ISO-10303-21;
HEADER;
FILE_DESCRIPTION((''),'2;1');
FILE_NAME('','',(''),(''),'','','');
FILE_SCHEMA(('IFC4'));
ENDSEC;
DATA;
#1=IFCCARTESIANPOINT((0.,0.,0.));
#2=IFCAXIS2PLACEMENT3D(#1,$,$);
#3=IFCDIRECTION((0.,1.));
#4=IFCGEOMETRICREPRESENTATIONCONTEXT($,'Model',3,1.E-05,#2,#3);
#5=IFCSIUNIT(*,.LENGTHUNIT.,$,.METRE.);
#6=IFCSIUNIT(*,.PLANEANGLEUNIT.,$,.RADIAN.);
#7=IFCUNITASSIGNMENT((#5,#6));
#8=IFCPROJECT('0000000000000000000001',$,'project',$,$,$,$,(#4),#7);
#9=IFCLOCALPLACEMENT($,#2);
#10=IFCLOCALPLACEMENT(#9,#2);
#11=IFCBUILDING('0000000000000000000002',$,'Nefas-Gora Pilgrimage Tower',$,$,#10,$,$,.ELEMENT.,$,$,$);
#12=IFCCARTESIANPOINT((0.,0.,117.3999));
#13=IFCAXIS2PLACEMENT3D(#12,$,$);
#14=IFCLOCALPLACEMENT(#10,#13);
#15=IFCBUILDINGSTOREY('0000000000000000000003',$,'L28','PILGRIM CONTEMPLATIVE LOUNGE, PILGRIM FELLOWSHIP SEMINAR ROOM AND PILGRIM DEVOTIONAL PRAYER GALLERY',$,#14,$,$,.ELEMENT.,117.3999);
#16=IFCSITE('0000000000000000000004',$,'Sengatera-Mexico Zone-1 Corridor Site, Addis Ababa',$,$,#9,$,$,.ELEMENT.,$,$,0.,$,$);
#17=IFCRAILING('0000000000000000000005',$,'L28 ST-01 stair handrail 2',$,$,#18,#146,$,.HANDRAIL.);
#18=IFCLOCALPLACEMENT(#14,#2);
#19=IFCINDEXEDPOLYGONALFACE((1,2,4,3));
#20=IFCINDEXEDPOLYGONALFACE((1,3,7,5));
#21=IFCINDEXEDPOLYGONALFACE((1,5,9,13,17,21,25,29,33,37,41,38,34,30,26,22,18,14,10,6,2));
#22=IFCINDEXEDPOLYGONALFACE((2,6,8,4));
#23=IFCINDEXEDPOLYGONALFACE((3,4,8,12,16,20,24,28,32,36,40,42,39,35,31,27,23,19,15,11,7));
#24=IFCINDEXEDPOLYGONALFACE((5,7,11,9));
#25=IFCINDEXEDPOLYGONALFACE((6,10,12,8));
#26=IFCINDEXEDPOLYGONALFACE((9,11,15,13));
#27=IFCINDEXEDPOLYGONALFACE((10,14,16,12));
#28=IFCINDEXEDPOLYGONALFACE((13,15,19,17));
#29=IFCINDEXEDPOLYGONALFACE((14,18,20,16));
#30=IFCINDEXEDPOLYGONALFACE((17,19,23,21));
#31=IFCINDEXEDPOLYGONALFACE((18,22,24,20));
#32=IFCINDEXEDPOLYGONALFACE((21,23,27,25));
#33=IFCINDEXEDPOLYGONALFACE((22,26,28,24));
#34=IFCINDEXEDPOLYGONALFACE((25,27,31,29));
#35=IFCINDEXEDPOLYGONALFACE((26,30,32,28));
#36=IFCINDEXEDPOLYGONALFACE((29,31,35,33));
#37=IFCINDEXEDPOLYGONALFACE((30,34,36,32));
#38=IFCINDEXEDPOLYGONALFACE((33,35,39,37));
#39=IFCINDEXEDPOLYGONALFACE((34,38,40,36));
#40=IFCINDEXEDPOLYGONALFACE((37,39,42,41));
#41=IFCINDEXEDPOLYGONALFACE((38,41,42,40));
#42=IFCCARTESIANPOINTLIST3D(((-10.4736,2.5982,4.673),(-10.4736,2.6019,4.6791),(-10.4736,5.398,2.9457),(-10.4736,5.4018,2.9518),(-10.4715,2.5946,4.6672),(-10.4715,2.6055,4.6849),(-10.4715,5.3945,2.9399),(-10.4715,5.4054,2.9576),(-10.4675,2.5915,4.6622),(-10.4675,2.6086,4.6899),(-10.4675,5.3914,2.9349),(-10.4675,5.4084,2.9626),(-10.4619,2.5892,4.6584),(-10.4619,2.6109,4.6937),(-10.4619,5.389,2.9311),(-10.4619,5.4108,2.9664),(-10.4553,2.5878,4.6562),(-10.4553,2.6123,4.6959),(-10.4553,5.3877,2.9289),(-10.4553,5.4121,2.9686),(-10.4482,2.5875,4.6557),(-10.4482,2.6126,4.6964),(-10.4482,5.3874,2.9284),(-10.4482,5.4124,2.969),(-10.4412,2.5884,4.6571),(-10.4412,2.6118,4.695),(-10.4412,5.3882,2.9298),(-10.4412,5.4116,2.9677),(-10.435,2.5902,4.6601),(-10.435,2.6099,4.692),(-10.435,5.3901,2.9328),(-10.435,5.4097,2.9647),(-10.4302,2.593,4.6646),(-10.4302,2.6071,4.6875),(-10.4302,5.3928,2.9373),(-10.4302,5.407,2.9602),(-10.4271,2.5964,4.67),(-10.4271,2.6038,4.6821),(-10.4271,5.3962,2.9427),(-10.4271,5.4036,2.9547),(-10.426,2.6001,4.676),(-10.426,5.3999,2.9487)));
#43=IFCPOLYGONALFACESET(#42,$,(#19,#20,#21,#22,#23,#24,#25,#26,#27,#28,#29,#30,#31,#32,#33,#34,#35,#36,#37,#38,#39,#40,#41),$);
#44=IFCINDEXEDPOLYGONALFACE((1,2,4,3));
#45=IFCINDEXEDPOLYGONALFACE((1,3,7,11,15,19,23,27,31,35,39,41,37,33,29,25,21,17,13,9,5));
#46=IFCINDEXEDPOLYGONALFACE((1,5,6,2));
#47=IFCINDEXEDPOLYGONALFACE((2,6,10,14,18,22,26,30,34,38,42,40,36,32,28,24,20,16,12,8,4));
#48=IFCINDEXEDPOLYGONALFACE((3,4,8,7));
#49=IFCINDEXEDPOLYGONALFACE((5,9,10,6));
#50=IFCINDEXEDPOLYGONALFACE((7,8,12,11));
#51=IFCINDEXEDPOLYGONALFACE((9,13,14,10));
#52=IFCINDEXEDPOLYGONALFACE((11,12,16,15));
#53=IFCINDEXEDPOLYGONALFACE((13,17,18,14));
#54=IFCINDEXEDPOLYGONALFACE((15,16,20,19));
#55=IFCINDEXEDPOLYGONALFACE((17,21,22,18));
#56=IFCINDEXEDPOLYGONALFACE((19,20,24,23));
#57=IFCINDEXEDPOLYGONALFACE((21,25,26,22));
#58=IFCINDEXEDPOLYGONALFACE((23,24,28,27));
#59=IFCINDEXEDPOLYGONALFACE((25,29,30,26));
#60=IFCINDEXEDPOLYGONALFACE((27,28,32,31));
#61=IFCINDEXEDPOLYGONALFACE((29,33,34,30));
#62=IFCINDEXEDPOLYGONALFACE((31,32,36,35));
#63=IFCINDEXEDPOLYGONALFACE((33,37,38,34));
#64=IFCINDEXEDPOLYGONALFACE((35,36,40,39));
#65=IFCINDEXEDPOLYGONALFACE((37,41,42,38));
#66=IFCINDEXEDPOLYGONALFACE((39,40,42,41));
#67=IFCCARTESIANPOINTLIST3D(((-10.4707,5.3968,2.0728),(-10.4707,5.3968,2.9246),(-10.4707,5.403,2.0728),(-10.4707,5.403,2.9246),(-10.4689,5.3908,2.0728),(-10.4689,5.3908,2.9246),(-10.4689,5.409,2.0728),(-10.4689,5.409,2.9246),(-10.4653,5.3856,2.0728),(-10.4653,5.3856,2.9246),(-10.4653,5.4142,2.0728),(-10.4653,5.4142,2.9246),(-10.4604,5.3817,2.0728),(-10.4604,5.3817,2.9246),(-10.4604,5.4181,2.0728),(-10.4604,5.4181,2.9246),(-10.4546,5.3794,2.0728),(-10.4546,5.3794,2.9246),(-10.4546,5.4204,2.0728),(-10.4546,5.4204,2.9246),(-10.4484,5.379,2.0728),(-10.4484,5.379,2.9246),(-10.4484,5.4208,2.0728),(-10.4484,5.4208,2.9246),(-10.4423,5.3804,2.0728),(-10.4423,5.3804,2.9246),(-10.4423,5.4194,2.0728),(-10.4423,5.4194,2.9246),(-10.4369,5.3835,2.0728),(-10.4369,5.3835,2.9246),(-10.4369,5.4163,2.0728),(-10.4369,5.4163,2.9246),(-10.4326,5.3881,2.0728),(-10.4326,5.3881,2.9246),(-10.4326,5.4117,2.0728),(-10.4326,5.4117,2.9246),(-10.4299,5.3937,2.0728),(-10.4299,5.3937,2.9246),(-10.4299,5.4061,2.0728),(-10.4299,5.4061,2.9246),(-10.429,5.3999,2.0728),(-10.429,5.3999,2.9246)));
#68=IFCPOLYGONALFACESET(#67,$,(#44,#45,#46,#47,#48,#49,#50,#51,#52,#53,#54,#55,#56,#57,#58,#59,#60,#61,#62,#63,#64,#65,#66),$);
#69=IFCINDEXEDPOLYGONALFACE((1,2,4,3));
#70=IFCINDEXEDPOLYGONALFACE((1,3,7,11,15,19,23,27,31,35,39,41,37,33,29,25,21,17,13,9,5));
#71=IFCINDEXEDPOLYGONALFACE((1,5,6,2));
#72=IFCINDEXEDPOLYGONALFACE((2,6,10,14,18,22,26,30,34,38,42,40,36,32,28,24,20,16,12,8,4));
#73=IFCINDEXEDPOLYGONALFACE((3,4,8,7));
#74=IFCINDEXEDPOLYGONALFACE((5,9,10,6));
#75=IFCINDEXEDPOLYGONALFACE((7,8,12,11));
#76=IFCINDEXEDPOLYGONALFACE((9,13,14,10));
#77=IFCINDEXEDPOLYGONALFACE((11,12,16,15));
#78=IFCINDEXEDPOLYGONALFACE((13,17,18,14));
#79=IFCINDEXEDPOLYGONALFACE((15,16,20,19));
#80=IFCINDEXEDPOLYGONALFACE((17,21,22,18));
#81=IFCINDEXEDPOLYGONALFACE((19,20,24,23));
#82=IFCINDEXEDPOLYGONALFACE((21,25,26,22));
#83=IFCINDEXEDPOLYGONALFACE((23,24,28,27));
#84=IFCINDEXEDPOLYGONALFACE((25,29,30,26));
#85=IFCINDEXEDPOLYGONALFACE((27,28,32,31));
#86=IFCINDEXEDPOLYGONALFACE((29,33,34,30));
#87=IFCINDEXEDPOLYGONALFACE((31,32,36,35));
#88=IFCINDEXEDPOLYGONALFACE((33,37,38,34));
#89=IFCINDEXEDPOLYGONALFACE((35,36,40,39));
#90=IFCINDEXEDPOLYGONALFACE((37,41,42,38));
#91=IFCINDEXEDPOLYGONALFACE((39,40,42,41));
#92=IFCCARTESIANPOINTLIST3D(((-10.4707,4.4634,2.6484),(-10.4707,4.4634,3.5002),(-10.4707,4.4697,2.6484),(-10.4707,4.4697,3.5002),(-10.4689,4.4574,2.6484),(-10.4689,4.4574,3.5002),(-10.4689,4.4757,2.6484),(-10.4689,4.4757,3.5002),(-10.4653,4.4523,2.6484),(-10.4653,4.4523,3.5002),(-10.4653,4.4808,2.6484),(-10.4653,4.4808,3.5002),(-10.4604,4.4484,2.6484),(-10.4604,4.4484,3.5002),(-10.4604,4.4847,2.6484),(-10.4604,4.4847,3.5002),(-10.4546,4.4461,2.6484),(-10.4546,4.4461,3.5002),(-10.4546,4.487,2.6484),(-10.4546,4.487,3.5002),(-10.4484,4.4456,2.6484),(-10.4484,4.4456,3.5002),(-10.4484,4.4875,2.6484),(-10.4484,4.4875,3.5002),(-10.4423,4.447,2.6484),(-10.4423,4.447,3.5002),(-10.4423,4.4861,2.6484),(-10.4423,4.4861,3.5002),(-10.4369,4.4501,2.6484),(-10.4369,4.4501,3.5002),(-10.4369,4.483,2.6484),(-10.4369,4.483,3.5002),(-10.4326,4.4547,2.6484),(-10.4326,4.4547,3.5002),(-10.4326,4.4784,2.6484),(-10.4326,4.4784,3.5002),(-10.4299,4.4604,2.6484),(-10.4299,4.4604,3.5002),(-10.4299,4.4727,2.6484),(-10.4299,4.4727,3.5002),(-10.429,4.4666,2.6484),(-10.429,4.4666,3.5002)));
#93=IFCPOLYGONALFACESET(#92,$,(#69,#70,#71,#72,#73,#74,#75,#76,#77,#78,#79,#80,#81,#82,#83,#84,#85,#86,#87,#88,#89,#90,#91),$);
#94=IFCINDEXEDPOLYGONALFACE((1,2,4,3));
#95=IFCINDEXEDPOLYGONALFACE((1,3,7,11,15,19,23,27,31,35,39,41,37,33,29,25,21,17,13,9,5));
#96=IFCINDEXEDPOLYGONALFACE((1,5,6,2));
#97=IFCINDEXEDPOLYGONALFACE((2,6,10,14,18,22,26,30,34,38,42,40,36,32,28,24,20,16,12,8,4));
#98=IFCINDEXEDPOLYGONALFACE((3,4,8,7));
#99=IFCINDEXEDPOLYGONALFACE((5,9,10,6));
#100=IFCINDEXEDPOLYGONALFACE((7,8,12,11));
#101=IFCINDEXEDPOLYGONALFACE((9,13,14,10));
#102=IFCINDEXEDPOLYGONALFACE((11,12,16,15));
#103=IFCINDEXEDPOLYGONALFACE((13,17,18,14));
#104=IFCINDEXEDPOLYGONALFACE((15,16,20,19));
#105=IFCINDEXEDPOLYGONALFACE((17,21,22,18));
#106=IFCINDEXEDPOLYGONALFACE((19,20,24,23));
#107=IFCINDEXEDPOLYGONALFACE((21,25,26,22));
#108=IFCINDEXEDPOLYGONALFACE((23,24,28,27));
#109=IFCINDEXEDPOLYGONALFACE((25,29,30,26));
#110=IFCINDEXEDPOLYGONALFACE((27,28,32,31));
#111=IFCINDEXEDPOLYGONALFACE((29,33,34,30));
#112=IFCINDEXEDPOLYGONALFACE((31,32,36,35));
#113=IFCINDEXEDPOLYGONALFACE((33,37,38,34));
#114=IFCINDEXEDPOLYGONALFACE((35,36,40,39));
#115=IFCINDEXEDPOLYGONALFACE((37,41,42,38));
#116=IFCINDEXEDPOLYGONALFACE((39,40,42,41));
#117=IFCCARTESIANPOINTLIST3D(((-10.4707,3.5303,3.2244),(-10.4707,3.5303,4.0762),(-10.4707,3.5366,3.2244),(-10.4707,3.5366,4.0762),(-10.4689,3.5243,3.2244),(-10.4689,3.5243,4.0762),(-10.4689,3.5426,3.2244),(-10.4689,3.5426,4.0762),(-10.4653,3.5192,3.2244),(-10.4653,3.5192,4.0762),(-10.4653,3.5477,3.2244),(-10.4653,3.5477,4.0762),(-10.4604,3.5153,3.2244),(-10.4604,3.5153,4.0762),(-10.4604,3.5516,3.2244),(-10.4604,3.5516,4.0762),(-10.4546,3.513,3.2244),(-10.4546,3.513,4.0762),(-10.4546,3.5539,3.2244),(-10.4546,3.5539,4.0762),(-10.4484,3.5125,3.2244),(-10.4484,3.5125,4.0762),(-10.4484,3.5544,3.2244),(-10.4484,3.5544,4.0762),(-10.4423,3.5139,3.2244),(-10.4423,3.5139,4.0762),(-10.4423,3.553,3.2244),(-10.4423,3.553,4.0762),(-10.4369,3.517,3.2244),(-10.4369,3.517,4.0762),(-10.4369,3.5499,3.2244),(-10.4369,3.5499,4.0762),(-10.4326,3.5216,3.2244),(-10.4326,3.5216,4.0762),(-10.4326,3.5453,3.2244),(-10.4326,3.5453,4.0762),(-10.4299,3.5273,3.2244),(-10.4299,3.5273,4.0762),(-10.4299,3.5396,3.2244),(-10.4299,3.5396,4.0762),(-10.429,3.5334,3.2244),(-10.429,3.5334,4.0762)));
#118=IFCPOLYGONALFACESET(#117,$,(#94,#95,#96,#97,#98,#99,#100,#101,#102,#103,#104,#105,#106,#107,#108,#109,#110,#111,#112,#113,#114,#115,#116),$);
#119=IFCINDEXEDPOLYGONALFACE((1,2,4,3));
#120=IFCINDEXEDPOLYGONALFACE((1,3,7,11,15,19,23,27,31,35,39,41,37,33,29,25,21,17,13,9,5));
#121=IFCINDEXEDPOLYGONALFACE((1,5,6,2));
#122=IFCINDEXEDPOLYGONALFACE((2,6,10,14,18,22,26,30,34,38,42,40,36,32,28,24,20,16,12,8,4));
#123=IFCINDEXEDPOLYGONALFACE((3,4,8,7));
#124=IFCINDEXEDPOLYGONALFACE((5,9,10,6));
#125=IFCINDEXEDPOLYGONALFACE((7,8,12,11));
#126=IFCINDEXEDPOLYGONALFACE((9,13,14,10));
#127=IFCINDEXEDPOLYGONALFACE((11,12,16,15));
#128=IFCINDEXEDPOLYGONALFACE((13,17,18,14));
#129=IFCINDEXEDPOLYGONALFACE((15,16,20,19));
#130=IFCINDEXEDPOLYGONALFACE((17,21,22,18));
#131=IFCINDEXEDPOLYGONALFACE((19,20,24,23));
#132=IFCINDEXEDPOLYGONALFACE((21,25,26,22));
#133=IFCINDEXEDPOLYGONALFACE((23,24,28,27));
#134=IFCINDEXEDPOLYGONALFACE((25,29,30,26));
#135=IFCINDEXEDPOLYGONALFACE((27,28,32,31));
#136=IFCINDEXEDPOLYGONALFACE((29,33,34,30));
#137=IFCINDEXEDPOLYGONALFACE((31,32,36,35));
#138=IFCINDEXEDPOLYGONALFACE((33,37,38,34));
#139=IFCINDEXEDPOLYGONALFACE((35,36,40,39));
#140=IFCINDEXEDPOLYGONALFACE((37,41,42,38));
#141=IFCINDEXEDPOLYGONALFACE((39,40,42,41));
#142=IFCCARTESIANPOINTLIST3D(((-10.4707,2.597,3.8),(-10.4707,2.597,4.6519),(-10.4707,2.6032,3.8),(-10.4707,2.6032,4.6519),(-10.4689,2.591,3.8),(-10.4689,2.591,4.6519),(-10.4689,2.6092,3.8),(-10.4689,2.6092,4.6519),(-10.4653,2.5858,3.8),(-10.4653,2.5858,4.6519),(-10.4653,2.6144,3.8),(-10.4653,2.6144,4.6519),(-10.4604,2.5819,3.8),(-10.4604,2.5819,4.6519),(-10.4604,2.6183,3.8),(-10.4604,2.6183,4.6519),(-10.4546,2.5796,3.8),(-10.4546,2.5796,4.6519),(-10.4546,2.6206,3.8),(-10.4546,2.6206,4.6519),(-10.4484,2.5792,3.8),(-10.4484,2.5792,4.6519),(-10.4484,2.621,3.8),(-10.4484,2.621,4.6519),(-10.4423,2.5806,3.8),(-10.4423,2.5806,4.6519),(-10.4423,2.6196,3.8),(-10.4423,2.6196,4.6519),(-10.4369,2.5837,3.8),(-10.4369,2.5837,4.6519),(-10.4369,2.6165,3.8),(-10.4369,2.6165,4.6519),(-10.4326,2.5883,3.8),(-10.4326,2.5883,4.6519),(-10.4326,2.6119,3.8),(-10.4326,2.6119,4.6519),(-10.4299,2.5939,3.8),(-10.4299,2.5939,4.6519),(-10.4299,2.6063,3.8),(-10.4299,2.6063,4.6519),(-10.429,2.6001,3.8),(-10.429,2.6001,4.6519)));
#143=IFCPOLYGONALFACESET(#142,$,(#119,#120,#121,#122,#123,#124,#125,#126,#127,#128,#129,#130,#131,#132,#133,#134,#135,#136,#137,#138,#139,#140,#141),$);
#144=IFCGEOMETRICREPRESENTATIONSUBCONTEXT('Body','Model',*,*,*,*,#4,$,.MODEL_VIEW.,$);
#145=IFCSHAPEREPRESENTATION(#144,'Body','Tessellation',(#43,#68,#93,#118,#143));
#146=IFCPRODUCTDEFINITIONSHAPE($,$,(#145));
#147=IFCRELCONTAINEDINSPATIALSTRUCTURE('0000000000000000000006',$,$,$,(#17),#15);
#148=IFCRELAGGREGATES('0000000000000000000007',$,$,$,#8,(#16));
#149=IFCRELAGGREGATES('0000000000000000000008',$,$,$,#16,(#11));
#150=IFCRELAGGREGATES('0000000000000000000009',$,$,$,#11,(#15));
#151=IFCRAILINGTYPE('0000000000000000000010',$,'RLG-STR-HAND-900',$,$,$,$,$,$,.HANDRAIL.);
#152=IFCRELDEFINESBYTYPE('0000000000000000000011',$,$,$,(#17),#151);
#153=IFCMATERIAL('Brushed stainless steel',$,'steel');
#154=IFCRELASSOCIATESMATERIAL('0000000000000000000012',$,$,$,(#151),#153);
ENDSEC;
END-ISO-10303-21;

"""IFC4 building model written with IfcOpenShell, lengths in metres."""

from ifc_helpers import new_model, si_unit, direction, frame, origin, origin_2d, place, context, subcontext, project, spatial, circle, extrude, material, type_object, element, save


model = new_model("IFC4")

# Units and contexts
model_context = context("Model", 3, precision=1e-05, world=origin(), true_north=direction((0.0, 1.0)))
body_context = subcontext(model_context, "Body", "Model", "MODEL_VIEW")
ifc_project = project(units=[si_unit("LENGTHUNIT", "METRE"), si_unit("PLANEANGLEUNIT", "RADIAN")], contexts=[model_context])

# Site, building, storey
site_placement = place(None, origin())
site = spatial("IfcSite", under=ifc_project, at=site_placement, Name="Sengatera-Mexico Zone-1 Corridor Site, Addis Ababa", CompositionType="ELEMENT", RefElevation=0.0)
building_placement = place(site_placement, origin())
building = spatial("IfcBuilding", under=site, at=building_placement, Name="Nefas-Gora Pilgrimage Tower", CompositionType="ELEMENT")
storey_placement = place(building_placement, frame((0.0, 0.0, 117.3999)))
storey = spatial("IfcBuildingStorey", under=building, at=storey_placement, Name="L28", Description="PILGRIM CONTEMPLATIVE LOUNGE, PILGRIM FELLOWSHIP SEMINAR ROOM AND PILGRIM DEVOTIONAL PRAYER GALLERY", CompositionType="ELEMENT", Elevation=117.3999)

# Railing
ifc_material_1 = material(Name="Brushed stainless steel", Category="steel")
railing_type_1 = type_object("IfcRailingType", Name="RLG-STR-HAND-900", PredefinedType="HANDRAIL", material=ifc_material_1)
railing_1_placement = place(storey_placement, frame((-10.45, 5.3999, 2.0728)))
element("IfcRailing", 1, at=railing_1_placement, inside=storey, type_object=railing_type_1, Name="L28 ST-01 stair handrail 2", PredefinedType="HANDRAIL", context=body_context, shape_type="SweptSolid", body=[
    extrude(circle(Radius=0.0239, at=origin_2d()), frame((0.0, 0.0, 0.876), z_axis=(0.0, -0.851069, 0.525054), x_axis=(1.0, 0.0, 0.0)), (0.0, 0.0, 1.0), 3.2898),
    extrude(circle(Radius=0.021, at=origin_2d()), origin(), (0.0, 0.0, 1.0), 0.8518),
    extrude(circle(Radius=0.021, at=origin_2d()), frame((0.0, -0.9333, 0.5757)), (0.0, 0.0, 1.0), 0.8518),
    extrude(circle(Radius=0.021, at=origin_2d()), frame((0.0, -1.8665, 1.1516)), (0.0, 0.0, 1.0), 0.8518),
    extrude(circle(Radius=0.021, at=origin_2d()), frame((0.0, -2.7998, 1.7273)), (0.0, 0.0, 1.0), 0.8518),
])

save(model, "model.ifc")
